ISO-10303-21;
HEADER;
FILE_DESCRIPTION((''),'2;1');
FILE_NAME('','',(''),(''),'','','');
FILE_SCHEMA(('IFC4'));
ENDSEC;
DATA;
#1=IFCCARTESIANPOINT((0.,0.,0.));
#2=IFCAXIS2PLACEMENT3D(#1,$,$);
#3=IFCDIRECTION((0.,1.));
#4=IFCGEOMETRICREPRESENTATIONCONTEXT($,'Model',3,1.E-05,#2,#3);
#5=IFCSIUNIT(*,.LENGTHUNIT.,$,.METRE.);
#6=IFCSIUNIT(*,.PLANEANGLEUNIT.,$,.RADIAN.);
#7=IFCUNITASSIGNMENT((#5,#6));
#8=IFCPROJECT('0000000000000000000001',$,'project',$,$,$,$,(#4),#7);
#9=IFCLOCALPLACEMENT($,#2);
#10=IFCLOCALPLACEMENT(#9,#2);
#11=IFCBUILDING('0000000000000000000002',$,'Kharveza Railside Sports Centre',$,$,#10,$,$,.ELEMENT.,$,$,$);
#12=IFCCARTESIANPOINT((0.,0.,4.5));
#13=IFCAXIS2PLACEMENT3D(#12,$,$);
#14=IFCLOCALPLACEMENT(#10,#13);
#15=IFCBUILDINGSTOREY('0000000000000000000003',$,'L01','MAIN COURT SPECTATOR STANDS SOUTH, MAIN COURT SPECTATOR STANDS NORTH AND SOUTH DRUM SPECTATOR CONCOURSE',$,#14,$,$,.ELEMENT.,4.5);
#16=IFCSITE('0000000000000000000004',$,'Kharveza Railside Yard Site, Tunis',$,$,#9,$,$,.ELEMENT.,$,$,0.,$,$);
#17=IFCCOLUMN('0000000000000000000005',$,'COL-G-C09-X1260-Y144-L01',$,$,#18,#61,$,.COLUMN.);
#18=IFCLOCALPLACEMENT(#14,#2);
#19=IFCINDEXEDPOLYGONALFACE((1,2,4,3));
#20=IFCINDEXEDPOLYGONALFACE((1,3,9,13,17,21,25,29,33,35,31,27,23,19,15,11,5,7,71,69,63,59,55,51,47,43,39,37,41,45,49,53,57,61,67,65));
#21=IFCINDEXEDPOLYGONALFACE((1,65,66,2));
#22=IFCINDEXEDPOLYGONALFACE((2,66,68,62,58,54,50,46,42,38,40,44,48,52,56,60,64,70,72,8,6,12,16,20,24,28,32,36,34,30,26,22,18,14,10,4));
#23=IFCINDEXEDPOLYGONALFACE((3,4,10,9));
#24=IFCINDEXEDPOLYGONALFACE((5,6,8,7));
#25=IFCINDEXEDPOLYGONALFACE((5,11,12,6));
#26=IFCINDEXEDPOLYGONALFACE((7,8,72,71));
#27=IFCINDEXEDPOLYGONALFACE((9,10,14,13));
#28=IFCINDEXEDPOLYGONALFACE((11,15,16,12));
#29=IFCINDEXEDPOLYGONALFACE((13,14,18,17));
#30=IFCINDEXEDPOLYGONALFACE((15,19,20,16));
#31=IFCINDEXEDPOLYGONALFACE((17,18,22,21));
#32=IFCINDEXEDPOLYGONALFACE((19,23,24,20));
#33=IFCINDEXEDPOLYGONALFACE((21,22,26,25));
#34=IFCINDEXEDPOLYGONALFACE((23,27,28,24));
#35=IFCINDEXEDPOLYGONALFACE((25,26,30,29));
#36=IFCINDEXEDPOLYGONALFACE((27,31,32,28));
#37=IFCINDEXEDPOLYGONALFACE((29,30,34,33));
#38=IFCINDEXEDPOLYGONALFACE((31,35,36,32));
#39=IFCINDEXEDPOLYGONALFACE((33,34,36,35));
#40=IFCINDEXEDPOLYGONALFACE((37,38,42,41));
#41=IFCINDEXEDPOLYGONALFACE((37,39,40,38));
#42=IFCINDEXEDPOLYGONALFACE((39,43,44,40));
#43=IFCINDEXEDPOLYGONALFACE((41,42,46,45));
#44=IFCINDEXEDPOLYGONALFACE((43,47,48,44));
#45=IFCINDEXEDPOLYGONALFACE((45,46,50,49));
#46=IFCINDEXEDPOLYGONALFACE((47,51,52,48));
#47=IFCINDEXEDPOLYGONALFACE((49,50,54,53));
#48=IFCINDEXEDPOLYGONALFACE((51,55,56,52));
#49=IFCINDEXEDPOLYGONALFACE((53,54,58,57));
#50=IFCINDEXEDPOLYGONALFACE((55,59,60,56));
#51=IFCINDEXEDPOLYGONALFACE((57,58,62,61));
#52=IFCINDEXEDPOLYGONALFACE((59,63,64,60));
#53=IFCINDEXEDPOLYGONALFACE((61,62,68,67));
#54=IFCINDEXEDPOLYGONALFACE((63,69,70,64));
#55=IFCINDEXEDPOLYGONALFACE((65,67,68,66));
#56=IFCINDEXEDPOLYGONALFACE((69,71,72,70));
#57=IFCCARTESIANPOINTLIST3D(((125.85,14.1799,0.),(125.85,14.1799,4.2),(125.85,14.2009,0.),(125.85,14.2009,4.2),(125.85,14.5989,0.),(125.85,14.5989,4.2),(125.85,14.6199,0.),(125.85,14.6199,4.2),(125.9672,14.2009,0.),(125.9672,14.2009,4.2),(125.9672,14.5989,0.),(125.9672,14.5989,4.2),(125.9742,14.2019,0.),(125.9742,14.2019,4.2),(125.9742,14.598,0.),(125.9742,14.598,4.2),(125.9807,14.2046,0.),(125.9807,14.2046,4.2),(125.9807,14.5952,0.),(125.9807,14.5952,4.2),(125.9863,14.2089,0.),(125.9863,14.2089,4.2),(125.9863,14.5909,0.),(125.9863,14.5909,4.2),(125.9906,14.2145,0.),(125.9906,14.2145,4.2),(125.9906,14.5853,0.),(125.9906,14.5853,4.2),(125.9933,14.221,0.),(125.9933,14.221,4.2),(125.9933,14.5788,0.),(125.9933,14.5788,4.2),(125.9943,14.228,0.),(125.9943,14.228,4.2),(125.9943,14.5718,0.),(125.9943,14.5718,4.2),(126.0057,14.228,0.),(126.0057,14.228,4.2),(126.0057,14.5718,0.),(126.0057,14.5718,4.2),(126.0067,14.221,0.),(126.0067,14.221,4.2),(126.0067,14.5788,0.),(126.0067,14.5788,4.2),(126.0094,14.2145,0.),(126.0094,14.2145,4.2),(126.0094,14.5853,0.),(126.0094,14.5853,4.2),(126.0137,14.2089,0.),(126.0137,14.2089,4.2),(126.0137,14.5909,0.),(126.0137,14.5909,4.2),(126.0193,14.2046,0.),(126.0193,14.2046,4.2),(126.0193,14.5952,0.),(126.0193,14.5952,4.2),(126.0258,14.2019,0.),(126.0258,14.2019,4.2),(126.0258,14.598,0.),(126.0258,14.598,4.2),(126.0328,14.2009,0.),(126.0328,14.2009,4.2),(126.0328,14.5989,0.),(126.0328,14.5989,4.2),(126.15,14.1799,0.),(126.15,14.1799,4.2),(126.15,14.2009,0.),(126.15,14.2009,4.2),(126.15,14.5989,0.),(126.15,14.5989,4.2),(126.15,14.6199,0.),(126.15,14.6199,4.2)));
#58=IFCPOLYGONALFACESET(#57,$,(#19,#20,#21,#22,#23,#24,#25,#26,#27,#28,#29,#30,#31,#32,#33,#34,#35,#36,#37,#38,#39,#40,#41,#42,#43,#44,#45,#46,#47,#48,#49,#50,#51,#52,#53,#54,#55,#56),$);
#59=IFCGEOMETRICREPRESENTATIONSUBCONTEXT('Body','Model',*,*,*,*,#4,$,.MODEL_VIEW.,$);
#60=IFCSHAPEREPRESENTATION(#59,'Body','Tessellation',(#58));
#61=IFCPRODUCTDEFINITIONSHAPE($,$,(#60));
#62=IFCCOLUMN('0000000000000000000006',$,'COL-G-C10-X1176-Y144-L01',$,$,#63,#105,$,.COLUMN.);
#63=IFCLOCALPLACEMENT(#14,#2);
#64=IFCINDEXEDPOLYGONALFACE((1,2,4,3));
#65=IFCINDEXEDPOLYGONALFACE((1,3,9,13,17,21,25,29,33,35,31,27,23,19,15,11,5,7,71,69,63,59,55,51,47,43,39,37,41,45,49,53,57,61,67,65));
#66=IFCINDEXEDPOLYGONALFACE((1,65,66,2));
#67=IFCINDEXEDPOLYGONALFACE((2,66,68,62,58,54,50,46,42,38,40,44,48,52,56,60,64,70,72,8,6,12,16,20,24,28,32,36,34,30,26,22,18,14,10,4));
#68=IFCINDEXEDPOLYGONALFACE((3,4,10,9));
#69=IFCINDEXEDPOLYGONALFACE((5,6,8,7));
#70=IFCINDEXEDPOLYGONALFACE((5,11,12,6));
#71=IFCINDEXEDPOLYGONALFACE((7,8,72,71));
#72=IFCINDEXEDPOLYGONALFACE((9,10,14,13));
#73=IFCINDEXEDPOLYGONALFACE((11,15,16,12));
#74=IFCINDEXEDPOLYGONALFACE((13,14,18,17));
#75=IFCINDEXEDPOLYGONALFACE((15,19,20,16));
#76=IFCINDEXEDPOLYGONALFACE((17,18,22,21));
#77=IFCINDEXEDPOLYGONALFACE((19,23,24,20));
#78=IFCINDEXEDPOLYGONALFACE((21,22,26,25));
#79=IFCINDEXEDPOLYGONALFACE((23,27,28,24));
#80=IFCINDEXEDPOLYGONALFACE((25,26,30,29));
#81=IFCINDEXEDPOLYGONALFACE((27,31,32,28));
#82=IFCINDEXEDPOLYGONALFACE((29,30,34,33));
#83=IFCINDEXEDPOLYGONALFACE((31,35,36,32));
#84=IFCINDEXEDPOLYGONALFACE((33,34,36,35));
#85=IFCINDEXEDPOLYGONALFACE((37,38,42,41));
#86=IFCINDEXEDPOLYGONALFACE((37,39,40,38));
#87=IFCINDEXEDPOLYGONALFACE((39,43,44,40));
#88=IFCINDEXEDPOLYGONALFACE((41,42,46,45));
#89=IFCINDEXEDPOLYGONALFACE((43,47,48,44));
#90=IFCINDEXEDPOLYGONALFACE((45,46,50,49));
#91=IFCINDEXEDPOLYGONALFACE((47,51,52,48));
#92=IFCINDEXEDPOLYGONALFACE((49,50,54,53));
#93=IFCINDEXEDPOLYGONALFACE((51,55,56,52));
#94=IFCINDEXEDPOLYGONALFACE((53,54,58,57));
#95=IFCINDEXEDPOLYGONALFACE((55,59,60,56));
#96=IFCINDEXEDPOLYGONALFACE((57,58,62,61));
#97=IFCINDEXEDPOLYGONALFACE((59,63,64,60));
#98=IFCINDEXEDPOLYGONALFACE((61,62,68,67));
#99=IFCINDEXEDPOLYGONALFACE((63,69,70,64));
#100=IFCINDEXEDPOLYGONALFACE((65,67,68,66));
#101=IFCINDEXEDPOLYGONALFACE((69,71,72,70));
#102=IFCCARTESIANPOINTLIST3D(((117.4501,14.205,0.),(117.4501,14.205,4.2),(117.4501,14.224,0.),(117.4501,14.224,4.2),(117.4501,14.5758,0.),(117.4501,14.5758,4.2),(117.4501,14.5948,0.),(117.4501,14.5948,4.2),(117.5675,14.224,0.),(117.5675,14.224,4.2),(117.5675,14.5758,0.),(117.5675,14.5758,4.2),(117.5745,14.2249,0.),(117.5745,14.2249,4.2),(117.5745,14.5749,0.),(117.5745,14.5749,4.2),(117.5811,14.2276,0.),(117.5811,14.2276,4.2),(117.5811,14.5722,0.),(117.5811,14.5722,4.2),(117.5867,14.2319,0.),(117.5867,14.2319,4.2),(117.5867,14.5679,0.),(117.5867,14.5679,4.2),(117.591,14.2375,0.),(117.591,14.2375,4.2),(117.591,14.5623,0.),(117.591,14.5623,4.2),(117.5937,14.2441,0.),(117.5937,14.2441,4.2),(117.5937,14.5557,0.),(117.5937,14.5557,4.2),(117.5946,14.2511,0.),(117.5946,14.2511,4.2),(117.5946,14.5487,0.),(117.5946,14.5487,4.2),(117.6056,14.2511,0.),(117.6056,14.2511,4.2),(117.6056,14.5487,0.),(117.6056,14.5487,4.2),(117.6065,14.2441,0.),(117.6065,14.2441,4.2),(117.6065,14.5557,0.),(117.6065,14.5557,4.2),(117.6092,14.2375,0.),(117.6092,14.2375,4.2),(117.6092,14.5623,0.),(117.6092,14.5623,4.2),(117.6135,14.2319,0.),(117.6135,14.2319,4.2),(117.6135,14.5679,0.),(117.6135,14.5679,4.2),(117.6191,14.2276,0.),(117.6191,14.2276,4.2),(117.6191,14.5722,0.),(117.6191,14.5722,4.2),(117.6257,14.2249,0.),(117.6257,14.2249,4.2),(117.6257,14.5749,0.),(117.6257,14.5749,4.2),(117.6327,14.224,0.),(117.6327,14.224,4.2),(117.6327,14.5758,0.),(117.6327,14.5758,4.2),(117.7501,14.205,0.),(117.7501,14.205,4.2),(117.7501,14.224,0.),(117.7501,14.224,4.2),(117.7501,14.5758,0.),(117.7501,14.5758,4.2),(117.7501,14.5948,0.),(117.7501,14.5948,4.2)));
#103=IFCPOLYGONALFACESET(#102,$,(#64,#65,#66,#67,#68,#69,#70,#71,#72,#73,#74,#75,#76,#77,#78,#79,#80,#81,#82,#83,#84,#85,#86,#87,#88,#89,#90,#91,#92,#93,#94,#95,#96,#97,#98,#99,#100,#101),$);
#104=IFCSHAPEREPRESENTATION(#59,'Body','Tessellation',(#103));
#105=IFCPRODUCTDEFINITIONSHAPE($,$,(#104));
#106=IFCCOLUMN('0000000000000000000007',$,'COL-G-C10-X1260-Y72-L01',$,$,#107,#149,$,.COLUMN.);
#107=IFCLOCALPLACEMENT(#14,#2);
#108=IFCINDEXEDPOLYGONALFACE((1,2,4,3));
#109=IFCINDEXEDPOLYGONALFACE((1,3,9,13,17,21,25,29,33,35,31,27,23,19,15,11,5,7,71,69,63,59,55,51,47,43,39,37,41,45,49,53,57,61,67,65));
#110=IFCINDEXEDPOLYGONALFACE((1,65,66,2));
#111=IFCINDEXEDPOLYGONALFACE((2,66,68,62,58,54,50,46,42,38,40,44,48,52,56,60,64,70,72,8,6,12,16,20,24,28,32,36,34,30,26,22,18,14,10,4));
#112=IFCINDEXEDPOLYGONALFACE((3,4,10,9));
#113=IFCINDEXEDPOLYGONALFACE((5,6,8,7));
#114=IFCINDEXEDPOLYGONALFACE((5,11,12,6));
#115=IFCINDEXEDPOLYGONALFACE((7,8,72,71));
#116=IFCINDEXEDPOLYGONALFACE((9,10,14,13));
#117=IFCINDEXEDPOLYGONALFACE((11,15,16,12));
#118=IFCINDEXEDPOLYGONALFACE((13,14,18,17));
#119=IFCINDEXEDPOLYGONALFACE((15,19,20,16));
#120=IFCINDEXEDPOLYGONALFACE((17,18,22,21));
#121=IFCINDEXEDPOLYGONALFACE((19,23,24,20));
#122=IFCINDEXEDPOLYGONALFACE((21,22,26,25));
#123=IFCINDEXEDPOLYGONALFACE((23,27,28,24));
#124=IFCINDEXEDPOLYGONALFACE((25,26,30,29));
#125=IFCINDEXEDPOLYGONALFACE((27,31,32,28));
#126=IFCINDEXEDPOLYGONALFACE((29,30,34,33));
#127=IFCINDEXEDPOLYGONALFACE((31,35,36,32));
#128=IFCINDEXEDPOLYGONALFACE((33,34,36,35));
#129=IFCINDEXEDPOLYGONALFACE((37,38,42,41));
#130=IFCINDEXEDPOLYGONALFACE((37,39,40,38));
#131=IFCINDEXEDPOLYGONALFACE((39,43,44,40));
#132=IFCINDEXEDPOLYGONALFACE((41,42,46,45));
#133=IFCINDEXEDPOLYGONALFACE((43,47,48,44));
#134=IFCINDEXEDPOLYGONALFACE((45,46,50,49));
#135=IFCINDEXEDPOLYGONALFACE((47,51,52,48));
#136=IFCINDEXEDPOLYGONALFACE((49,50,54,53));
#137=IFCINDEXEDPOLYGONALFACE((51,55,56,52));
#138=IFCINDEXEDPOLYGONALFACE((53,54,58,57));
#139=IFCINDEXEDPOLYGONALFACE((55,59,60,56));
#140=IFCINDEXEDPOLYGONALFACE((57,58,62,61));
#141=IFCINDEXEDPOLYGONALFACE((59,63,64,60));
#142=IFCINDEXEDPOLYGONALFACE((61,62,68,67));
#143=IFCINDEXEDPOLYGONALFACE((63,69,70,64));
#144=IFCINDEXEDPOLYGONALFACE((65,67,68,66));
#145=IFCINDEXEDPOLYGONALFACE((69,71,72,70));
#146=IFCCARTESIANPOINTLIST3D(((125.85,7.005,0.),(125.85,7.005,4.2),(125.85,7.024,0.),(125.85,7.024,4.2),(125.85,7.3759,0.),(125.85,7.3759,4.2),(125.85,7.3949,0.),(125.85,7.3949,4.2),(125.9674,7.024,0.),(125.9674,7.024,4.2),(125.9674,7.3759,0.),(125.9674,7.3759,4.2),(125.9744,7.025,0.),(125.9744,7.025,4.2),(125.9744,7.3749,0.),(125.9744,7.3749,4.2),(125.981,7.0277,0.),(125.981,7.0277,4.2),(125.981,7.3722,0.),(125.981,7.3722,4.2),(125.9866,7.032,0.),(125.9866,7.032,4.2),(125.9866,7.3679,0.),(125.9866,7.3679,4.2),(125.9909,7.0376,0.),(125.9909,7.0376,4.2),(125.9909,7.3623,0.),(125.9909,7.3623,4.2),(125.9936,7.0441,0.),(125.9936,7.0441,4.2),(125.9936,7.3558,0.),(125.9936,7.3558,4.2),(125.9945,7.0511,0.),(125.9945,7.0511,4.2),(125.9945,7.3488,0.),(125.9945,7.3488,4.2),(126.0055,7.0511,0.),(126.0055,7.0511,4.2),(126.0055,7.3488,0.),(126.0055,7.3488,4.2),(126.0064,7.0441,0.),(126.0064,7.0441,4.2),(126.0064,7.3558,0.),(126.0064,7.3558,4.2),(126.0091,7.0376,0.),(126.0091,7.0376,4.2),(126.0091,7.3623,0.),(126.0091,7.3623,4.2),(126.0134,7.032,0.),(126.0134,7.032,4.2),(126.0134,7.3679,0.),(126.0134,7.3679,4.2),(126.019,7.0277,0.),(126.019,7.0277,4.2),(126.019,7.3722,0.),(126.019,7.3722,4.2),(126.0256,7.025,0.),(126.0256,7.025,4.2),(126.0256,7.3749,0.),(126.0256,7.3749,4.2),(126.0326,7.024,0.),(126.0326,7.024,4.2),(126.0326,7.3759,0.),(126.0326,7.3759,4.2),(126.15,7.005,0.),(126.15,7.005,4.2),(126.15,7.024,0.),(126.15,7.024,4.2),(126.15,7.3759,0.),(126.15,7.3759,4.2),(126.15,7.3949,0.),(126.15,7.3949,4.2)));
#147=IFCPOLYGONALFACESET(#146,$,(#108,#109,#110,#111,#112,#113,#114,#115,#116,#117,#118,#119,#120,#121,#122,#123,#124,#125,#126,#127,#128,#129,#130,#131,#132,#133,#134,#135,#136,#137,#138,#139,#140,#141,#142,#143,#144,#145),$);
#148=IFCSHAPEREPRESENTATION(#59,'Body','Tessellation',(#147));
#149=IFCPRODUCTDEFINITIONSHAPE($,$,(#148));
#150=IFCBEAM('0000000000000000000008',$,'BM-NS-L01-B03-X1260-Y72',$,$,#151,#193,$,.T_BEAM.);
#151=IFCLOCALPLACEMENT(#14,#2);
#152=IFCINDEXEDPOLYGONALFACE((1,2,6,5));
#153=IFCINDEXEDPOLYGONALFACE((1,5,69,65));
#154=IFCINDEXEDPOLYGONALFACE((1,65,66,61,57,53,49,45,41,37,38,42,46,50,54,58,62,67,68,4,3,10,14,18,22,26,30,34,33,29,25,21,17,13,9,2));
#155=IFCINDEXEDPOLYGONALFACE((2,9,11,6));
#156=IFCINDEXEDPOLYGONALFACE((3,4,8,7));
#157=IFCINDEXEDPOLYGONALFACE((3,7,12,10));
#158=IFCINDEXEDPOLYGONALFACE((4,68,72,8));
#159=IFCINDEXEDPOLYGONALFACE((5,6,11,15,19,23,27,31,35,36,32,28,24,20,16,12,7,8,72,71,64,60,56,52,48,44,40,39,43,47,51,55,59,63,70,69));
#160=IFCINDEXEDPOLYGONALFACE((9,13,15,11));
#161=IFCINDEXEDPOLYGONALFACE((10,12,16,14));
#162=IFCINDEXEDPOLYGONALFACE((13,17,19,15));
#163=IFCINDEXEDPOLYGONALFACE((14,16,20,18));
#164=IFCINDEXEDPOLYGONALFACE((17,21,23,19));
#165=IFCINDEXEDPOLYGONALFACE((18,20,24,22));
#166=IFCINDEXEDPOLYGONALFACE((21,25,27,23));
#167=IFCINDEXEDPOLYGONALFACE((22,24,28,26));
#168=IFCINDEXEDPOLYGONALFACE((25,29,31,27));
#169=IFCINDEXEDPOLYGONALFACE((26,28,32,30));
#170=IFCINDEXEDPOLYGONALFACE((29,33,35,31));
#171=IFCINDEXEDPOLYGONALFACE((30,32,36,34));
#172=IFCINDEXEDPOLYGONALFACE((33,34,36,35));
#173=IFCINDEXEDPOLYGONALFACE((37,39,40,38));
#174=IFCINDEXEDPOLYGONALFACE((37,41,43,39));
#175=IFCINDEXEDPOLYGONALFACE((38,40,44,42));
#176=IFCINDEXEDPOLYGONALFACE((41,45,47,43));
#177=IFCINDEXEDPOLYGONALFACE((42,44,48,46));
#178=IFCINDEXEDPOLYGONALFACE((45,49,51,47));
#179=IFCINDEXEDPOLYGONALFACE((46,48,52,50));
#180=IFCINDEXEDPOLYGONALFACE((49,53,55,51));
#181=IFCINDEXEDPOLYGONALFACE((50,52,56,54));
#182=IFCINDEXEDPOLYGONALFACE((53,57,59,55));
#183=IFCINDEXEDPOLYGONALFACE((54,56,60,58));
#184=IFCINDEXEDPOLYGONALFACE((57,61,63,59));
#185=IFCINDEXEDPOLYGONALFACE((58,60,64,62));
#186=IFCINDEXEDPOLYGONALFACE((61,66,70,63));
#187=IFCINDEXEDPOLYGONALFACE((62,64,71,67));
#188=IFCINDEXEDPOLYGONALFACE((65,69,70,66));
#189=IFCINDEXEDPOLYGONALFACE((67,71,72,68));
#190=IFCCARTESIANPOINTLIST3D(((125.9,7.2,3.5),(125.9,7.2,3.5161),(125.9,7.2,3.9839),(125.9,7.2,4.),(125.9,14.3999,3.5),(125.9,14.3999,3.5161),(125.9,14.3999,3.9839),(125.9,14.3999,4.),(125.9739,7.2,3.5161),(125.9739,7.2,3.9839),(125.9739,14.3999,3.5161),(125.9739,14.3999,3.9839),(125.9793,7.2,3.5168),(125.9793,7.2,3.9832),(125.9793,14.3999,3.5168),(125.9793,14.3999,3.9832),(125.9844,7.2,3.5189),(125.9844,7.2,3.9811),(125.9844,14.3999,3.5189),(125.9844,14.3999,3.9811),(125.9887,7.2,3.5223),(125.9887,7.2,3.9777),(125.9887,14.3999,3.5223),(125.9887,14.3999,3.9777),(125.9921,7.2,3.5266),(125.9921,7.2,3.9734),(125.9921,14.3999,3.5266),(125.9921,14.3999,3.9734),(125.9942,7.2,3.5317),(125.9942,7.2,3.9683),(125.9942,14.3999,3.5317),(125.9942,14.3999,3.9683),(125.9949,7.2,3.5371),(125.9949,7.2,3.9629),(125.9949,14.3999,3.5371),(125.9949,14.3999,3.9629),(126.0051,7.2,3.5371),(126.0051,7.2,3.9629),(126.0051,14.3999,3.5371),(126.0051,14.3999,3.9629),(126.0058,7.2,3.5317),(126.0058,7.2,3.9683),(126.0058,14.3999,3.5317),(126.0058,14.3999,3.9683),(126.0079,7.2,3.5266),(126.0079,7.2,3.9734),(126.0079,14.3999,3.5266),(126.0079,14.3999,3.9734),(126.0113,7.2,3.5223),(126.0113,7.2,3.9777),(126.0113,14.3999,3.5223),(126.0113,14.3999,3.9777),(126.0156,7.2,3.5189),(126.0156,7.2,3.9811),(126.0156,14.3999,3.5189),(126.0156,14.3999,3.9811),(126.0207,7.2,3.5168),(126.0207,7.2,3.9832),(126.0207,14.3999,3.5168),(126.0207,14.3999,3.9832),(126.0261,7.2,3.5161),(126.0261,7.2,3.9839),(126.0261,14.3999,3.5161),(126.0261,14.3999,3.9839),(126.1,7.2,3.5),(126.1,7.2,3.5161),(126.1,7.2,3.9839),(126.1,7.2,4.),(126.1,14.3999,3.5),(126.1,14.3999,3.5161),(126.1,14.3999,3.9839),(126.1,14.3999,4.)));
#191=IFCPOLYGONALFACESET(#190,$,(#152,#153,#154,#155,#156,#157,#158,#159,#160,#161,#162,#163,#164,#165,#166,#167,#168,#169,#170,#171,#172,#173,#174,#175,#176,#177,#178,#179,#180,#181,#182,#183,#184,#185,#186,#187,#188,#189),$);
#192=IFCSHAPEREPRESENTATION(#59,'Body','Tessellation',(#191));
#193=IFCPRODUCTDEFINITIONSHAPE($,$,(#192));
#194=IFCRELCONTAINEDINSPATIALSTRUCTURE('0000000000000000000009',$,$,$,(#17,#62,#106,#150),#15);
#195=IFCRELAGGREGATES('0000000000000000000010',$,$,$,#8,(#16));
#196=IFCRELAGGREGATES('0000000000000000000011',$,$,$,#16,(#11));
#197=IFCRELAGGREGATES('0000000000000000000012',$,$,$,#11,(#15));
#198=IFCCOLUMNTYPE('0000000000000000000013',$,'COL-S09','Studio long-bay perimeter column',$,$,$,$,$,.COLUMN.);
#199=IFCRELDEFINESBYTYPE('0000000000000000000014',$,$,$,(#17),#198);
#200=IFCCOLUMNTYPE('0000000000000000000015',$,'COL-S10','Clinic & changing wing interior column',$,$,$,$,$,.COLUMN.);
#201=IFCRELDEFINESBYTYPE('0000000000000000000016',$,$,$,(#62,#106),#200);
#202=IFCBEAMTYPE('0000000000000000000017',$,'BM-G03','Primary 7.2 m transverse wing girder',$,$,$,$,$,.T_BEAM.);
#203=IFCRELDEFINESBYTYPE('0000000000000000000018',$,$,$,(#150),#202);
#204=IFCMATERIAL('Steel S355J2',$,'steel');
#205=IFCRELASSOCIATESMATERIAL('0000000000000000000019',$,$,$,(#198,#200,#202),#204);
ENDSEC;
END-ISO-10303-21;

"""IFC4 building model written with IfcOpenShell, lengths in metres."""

from ifc_helpers import new_model, si_unit, direction, frame, origin, origin_2d, place, context, subcontext, project, spatial, i_section, extrude, material, material_profile, profile_set, type_object, element, save


model = new_model("IFC4")

# Units and contexts
model_context = context("Model", 3, precision=1e-05, world=origin(), true_north=direction((0.0, 1.0)))
body_context = subcontext(model_context, "Body", "Model", "MODEL_VIEW")
ifc_project = project(units=[si_unit("LENGTHUNIT", "METRE"), si_unit("PLANEANGLEUNIT", "RADIAN")], contexts=[model_context])

# Site, building, storey
site_placement = place(None, origin())
site = spatial("IfcSite", under=ifc_project, at=site_placement, Name="Kharveza Railside Yard Site, Tunis", CompositionType="ELEMENT", RefElevation=0.0)
building_placement = place(site_placement, origin())
building = spatial("IfcBuilding", under=site, at=building_placement, Name="Kharveza Railside Sports Centre", CompositionType="ELEMENT")
storey_placement = place(building_placement, frame((0.0, 0.0, 4.5)))
storey = spatial("IfcBuildingStorey", under=building, at=storey_placement, Name="L01", Description="MAIN COURT SPECTATOR STANDS SOUTH, MAIN COURT SPECTATOR STANDS NORTH AND SOUTH DRUM SPECTATOR CONCOURSE", CompositionType="ELEMENT", Elevation=4.5)

# Columns
ifc_material_1 = material(Name="Steel S355J2", Category="steel")
ifc_material_profile_1 = material_profile(ifc_material_1, i_section(OverallWidth=0.3, OverallDepth=0.4399, WebThickness=0.0115, FlangeThickness=0.021, FilletRadius=0.0271, at=origin_2d()), Name="HEA 450")
ifc_profile_set_1 = profile_set([ifc_material_profile_1], Name="Steel S355J2")
column_type_1 = type_object("IfcColumnType", Name="COL-S09", Description="Studio long-bay perimeter column", PredefinedType="COLUMN", material=ifc_profile_set_1)
column_placement = place(storey_placement, frame((126.0, 14.3999, 0.0), z_axis=(0.0, 0.0, 1.0), x_axis=(1.0, 0.0, 0.0)))
element("IfcColumn", 1, at=column_placement, inside=storey, type_object=column_type_1, Name="COL-G-C09-X1260-Y144-L01", PredefinedType="COLUMN", context=body_context, shape_type="SweptSolid", body=[
    extrude(i_section(OverallWidth=0.3, OverallDepth=0.4399, WebThickness=0.0115, FlangeThickness=0.021, FilletRadius=0.0271, at=origin_2d()), origin(), (0.0, 0.0, 1.0), 4.2),
])
ifc_material_profile_2 = material_profile(ifc_material_1, i_section(OverallWidth=0.3, OverallDepth=0.3899, WebThickness=0.011, FlangeThickness=0.019, FilletRadius=0.0271, at=origin_2d()), Name="HEA 400")
ifc_profile_set_2 = profile_set([ifc_material_profile_2], Name="Steel S355J2")
column_type_2 = type_object("IfcColumnType", Name="COL-S10", Description="Clinic & changing wing interior column", PredefinedType="COLUMN", material=ifc_profile_set_2)
for number, where, z_axis, x_axis, name in (
    (2, (117.6001, 14.3999, 0.0), (0.0, 0.0, 1.0), (1.0, 0.0, 0.0), "COL-G-C10-X1176-Y144-L01"),
    (3, (126.0, 7.2, 0.0), (0.0, 0.0, 1.0), (1.0, 0.0, 0.0), "COL-G-C10-X1260-Y72-L01"),
):
    element("IfcColumn", number, at=place(storey_placement, frame(where, z_axis=z_axis, x_axis=x_axis)), inside=storey, type_object=column_type_2, Name=name, PredefinedType="COLUMN", context=body_context, shape_type="SweptSolid", body=[
        extrude(i_section(OverallWidth=0.3, OverallDepth=0.3899, WebThickness=0.011, FlangeThickness=0.019, FilletRadius=0.0271, at=origin_2d()), origin(), (0.0, 0.0, 1.0), 4.2),
    ])

# Beam
ifc_material_profile_3 = material_profile(ifc_material_1, i_section(OverallWidth=0.2, OverallDepth=0.5, WebThickness=0.0103, FlangeThickness=0.0161, FilletRadius=0.021, at=origin_2d()), Name="IPE 500")
ifc_profile_set_3 = profile_set([ifc_material_profile_3], Name="Steel S355J2")
beam_type_1 = type_object("IfcBeamType", Name="BM-G03", Description="Primary 7.2 m transverse wing girder", PredefinedType="T_BEAM", material=ifc_profile_set_3)
beam_1_placement = place(storey_placement, frame((126.0, 7.2, 3.75), z_axis=(0.0, 1.0, 0.0), x_axis=(-1.0, 0.0, 0.0)))
element("IfcBeam", 4, at=beam_1_placement, inside=storey, type_object=beam_type_1, Name="BM-NS-L01-B03-X1260-Y72", PredefinedType="T_BEAM", context=body_context, shape_type="SweptSolid", body=[
    extrude(i_section(OverallWidth=0.2, OverallDepth=0.5, WebThickness=0.0103, FlangeThickness=0.0161, FilletRadius=0.021, at=origin_2d()), origin(), (0.0, 0.0, 1.0), 7.2),
])

save(model, "model.ifc")
